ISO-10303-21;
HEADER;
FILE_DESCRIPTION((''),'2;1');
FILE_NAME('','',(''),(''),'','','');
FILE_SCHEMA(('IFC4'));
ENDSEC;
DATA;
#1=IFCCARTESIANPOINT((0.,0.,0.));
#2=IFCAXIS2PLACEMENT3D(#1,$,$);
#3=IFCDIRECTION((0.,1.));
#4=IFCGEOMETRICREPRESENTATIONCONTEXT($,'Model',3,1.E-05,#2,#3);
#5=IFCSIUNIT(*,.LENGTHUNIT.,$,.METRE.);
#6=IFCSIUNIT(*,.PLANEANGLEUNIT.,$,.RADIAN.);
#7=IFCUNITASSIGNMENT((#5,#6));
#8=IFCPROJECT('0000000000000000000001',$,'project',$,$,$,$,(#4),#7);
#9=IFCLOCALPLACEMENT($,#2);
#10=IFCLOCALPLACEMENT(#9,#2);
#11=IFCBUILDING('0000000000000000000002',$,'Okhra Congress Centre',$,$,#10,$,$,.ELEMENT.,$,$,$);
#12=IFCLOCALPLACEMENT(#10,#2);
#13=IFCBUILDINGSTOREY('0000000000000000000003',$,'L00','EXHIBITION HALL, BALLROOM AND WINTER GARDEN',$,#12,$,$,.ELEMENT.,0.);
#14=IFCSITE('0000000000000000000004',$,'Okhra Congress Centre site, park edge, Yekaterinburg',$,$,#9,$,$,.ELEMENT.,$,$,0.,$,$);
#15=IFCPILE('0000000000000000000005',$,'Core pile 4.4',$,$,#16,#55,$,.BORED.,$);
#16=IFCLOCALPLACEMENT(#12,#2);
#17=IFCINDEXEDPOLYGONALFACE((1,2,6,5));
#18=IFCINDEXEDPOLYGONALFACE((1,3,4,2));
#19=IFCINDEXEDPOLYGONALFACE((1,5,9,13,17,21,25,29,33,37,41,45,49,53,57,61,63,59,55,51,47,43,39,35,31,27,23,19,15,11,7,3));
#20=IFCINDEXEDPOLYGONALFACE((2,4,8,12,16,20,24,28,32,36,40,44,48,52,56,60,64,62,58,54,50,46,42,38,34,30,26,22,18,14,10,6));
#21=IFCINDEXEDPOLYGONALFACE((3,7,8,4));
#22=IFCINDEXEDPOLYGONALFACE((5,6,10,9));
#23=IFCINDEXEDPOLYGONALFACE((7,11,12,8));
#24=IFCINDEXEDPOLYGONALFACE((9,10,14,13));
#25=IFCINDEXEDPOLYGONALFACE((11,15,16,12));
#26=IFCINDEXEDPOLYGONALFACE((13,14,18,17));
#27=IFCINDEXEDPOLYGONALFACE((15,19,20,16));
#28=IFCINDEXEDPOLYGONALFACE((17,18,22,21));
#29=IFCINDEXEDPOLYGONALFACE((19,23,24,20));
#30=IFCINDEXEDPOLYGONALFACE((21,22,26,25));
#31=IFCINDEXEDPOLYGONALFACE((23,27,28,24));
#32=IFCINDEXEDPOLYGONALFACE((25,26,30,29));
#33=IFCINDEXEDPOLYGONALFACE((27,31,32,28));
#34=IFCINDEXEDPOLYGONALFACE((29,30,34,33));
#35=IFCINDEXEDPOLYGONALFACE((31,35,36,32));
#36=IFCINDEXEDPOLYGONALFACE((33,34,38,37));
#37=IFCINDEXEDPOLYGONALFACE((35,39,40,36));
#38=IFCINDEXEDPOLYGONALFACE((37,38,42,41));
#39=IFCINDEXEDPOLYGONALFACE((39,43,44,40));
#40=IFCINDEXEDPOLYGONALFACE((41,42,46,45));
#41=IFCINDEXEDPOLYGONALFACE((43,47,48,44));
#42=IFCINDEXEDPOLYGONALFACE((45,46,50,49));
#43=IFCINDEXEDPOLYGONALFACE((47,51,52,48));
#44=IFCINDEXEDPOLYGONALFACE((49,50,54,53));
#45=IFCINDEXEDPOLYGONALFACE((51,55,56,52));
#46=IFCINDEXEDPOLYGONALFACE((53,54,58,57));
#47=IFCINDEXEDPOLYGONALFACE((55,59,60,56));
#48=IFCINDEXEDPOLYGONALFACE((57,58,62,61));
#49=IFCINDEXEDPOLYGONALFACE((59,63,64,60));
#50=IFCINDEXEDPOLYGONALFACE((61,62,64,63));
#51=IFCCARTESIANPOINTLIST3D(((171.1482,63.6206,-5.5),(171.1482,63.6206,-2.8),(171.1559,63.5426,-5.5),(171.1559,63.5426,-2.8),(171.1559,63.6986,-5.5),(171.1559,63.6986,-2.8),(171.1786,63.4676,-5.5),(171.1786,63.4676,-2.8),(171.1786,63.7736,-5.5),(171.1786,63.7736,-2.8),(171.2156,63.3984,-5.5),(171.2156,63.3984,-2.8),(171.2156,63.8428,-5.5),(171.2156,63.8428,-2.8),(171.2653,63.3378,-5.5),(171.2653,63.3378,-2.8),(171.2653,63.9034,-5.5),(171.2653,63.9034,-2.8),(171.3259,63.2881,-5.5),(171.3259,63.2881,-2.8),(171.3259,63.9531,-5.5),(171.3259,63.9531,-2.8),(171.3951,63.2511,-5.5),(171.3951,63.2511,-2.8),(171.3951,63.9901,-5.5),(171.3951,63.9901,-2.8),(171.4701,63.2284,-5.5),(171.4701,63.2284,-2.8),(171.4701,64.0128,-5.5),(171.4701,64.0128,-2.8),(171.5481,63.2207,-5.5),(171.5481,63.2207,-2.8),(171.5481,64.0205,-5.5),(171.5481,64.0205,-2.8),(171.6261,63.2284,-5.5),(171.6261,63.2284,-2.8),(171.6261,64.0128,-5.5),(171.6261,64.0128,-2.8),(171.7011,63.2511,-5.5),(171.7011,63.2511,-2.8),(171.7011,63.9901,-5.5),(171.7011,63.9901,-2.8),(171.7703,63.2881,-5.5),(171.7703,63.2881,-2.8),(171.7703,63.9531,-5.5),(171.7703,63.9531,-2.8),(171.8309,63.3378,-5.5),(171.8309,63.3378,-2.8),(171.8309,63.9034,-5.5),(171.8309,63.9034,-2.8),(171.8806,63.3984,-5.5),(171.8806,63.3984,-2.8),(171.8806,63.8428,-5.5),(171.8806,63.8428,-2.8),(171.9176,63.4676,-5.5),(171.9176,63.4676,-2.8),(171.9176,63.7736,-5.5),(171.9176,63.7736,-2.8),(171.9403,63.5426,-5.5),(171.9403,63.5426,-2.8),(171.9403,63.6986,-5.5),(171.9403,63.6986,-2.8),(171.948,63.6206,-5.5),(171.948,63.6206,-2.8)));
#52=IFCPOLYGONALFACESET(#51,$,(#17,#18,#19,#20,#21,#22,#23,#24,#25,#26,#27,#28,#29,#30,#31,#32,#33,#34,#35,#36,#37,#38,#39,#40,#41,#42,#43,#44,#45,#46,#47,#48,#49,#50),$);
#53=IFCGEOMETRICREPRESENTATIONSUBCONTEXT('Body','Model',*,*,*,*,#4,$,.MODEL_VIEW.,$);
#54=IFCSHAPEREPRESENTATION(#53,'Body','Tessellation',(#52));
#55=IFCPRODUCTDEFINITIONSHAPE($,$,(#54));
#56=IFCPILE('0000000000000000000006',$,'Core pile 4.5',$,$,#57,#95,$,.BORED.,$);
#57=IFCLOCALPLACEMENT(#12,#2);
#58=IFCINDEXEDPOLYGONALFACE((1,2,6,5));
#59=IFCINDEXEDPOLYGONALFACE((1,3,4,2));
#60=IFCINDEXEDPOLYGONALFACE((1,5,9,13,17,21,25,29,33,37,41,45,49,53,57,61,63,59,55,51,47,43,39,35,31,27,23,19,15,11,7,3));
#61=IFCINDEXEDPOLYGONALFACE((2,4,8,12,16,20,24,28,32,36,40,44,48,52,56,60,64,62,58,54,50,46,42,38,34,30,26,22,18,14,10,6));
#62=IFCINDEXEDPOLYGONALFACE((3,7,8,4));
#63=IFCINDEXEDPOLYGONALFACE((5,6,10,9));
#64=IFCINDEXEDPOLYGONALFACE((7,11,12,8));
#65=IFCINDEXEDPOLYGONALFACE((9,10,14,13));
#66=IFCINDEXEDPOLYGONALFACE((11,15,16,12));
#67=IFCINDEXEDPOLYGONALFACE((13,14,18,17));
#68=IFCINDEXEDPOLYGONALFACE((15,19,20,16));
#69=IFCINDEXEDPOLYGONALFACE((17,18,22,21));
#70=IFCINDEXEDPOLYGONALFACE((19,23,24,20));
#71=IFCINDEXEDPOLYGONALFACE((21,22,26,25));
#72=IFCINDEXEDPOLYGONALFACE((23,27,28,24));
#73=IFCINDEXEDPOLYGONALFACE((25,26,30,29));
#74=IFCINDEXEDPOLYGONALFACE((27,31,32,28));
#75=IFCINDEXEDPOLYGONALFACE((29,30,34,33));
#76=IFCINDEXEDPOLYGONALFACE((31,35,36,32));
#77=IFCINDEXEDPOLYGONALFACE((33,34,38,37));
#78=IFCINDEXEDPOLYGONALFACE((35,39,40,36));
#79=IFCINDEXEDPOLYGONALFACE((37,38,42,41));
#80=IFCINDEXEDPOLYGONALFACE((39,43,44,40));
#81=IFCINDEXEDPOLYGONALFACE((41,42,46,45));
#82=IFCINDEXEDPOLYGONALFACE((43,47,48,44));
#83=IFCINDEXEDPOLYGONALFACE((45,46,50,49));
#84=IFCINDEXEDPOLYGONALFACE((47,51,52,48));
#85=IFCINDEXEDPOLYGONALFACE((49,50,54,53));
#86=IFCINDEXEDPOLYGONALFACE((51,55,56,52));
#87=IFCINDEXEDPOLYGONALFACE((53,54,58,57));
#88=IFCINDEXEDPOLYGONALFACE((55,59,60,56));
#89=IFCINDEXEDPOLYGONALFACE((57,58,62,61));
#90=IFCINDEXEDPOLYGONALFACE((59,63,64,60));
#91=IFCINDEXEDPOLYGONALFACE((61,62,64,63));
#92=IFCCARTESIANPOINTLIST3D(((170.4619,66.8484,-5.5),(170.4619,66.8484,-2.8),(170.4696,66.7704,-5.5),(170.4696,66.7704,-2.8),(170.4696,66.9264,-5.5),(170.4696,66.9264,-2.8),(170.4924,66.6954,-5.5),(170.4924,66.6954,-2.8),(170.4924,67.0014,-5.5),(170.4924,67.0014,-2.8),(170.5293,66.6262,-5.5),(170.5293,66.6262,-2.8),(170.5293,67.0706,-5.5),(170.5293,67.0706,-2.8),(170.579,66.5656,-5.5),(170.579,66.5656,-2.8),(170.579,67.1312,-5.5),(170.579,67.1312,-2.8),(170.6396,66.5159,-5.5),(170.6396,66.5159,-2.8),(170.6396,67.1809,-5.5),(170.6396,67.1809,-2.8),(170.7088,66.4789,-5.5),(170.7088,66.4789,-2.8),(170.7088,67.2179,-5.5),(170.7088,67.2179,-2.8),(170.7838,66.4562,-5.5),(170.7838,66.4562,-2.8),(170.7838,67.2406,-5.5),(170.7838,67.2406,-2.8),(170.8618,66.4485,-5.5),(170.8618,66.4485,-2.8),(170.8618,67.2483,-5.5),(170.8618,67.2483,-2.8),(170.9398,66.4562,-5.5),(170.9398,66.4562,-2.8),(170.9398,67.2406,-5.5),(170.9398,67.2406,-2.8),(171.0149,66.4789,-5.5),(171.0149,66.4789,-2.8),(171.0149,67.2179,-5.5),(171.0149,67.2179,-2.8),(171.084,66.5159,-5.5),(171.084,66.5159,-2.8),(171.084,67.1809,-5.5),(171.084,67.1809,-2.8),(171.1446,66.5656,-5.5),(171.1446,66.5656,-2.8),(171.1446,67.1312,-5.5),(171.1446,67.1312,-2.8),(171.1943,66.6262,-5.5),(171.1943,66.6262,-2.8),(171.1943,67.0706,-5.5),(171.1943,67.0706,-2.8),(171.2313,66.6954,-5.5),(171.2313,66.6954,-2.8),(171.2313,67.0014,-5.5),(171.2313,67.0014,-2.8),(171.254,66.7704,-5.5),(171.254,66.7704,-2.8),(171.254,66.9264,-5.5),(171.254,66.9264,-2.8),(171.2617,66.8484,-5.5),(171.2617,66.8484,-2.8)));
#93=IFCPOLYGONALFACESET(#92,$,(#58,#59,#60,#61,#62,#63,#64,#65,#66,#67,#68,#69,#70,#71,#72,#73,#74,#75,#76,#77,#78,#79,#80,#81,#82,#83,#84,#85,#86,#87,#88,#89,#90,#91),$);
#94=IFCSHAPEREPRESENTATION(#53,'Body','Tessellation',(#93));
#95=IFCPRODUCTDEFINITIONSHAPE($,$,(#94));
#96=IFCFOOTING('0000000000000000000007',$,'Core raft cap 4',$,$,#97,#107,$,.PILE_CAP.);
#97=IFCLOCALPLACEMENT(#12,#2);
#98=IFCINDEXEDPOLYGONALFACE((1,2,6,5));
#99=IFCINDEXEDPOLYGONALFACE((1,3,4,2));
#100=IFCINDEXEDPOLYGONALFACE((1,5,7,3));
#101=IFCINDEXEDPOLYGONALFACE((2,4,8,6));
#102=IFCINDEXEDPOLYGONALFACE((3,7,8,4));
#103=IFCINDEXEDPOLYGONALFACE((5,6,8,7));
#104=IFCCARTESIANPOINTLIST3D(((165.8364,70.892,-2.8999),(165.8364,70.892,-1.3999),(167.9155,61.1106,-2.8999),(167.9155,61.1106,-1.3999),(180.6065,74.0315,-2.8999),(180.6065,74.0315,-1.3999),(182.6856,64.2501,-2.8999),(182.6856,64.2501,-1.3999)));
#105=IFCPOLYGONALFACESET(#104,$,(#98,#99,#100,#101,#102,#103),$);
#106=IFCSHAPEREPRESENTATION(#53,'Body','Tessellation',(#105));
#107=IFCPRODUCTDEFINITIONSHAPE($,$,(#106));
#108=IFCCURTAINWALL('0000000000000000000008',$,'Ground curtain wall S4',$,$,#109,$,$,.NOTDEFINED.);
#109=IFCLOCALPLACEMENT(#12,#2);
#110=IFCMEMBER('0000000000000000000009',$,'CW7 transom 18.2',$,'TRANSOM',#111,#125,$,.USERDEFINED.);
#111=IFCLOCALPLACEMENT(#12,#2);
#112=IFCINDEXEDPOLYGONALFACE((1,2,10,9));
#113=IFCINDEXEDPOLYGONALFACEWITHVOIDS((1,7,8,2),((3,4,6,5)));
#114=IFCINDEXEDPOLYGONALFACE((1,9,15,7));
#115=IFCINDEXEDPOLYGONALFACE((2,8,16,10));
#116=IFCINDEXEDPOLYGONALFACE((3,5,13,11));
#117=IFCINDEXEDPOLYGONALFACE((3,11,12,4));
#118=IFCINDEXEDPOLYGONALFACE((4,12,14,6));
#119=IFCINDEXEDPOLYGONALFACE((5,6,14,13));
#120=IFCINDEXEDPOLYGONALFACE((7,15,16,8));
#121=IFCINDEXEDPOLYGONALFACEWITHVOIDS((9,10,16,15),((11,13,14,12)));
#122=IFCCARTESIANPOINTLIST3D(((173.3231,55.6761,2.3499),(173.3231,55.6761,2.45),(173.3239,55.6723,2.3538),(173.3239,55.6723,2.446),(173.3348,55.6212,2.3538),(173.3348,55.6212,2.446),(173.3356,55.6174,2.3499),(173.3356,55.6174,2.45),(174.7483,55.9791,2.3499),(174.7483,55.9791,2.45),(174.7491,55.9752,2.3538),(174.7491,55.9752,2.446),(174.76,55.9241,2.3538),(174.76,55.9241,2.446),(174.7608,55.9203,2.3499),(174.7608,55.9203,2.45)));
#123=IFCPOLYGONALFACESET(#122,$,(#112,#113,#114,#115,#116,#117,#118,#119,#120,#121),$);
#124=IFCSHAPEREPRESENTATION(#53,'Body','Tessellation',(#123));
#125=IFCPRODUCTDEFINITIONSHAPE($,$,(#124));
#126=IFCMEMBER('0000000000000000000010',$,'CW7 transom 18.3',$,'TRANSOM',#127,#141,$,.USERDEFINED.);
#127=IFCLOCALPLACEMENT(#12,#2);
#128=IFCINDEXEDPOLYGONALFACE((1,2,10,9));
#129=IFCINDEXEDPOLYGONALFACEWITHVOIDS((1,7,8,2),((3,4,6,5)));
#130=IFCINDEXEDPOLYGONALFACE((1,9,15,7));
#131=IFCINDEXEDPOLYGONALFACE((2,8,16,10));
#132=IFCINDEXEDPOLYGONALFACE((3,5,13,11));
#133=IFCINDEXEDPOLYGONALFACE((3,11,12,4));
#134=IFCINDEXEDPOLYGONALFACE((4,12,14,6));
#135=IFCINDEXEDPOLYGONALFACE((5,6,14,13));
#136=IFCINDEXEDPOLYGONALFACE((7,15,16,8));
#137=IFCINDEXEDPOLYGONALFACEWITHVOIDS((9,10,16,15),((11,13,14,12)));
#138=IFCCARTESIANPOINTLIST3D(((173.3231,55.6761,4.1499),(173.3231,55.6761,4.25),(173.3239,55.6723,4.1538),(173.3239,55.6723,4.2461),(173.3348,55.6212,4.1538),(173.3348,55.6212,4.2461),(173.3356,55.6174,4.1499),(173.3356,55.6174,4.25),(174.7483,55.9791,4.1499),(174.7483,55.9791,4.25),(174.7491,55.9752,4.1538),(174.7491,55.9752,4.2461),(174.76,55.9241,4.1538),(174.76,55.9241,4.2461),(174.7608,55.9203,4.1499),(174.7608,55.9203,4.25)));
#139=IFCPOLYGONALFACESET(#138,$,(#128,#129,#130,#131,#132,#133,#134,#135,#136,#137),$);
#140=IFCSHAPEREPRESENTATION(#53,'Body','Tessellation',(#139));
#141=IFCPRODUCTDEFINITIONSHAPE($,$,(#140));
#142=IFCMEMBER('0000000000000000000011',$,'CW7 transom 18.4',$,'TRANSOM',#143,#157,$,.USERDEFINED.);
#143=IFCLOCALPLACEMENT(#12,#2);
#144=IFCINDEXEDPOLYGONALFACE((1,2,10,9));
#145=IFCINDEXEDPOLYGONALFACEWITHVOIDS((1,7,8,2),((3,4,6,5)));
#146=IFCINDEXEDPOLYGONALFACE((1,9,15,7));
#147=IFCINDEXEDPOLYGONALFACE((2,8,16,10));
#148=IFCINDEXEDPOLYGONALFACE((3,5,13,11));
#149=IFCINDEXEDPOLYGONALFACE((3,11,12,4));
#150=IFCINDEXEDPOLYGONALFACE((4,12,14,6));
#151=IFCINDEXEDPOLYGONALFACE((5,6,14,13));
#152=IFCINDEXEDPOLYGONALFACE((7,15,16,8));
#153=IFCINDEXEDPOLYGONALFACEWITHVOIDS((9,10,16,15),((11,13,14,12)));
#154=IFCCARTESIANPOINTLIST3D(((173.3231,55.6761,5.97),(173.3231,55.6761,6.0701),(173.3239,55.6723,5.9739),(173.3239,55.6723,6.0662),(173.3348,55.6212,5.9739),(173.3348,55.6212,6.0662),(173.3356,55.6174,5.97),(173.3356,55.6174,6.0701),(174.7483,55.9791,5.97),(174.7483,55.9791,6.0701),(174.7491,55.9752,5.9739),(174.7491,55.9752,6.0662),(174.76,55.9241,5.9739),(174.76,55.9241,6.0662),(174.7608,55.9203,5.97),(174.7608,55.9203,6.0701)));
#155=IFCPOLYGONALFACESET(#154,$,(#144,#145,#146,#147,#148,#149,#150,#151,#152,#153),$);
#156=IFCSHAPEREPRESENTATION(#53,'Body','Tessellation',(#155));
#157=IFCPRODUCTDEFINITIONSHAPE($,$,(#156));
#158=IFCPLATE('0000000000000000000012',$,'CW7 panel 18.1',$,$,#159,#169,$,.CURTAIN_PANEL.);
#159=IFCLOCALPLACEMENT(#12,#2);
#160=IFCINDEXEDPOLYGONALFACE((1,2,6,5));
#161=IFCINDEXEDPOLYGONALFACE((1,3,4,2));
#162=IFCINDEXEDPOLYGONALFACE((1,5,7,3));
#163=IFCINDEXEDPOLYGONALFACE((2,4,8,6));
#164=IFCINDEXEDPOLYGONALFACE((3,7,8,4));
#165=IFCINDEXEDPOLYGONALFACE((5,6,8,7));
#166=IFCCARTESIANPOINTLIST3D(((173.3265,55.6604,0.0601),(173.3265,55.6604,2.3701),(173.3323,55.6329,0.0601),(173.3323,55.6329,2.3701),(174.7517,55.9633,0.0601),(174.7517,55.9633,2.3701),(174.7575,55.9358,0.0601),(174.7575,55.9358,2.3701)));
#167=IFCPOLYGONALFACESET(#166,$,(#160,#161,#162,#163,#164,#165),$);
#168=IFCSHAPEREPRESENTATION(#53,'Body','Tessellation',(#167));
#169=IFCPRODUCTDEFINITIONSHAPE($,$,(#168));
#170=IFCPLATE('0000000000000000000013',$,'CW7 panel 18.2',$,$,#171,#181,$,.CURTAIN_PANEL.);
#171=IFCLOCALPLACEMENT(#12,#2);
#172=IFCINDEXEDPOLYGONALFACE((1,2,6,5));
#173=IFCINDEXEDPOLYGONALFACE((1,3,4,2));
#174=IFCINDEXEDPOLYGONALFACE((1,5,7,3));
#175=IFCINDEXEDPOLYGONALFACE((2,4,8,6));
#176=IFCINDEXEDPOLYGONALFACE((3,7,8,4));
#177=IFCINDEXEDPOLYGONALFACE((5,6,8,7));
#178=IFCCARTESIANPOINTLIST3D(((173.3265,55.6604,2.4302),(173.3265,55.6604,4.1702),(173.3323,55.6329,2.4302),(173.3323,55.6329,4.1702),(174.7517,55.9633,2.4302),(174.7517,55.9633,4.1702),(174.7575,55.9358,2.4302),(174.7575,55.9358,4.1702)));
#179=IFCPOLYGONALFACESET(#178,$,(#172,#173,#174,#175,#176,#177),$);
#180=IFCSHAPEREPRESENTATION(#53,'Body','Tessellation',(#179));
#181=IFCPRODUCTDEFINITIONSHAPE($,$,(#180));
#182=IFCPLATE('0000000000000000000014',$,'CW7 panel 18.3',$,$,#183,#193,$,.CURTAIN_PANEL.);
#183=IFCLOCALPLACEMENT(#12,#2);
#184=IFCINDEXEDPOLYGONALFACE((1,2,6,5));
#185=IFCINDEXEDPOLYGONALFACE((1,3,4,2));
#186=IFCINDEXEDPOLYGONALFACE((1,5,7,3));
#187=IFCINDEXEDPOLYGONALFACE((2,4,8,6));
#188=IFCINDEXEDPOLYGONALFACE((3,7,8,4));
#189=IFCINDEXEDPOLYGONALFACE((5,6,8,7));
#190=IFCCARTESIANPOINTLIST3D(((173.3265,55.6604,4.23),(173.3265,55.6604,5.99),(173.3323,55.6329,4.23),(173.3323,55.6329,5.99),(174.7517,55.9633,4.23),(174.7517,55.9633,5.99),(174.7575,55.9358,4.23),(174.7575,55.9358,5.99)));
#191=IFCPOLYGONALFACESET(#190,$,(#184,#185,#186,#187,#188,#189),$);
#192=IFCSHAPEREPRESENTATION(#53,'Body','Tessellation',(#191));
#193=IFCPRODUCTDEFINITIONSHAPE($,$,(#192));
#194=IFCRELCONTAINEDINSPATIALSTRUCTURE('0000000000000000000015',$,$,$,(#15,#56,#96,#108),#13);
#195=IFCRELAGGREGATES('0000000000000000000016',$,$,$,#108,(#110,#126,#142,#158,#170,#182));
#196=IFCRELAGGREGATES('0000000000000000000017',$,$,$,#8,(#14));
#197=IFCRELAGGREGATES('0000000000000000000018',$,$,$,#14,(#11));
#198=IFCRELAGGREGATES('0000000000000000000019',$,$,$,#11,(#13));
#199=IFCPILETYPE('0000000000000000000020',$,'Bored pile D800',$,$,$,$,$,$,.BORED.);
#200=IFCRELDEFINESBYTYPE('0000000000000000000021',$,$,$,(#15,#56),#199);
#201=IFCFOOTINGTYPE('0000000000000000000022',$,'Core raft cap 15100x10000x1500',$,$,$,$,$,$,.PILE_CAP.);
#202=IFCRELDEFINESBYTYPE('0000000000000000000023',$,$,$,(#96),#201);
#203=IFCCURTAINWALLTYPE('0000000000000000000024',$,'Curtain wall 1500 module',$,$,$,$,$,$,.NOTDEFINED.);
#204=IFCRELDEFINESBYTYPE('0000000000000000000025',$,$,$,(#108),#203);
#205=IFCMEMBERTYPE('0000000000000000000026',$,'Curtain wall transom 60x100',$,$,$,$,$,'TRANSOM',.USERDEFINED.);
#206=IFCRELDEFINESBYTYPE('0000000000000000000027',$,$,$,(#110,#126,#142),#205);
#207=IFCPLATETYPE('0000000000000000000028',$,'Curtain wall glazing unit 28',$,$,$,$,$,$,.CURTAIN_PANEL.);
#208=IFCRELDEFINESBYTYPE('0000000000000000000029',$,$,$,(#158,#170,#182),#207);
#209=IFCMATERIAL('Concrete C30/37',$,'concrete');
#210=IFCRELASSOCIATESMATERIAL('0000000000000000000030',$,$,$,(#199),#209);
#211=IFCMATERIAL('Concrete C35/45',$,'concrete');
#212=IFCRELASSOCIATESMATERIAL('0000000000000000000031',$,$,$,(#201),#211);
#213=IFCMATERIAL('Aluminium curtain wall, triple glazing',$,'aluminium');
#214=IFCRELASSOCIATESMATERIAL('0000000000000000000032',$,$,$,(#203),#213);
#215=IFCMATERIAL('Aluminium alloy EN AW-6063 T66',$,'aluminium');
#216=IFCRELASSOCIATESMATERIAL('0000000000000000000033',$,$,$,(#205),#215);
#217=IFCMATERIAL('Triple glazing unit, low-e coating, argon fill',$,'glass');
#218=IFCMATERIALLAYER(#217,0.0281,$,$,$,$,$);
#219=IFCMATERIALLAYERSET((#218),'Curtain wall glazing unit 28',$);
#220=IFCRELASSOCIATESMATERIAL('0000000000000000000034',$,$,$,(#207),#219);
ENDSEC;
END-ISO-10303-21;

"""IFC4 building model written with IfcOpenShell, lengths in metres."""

from ifc_helpers import new_model, si_unit, direction, frame, origin, origin_2d, place, context, subcontext, project, spatial, rectangle, hollow_rectangle, circle, extrude, material, layer, layer_set, material_profile, profile_set, type_object, element, aggregate, save


model = new_model("IFC4")

# Units and contexts
model_context = context("Model", 3, precision=1e-05, world=origin(), true_north=direction((0.0, 1.0)))
body_context = subcontext(model_context, "Body", "Model", "MODEL_VIEW")
ifc_project = project(units=[si_unit("LENGTHUNIT", "METRE"), si_unit("PLANEANGLEUNIT", "RADIAN")], contexts=[model_context])

# Site, building, storey
site_placement = place(None, origin())
site = spatial("IfcSite", under=ifc_project, at=site_placement, Name="Okhra Congress Centre site, park edge, Yekaterinburg", CompositionType="ELEMENT", RefElevation=0.0)
building_placement = place(site_placement, origin())
building = spatial("IfcBuilding", under=site, at=building_placement, Name="Okhra Congress Centre", CompositionType="ELEMENT")
storey_placement = place(building_placement, origin())
storey = spatial("IfcBuildingStorey", under=building, at=storey_placement, Name="L00", Description="EXHIBITION HALL, BALLROOM AND WINTER GARDEN", CompositionType="ELEMENT", Elevation=0.0)

# Piles
ifc_material_1 = material(Name="Concrete C30/37", Category="concrete")
ifc_material_profile_1 = material_profile(ifc_material_1, circle(Radius=0.3999, at=origin_2d()), Name="D800")
ifc_profile_set_1 = profile_set([ifc_material_profile_1], Name="Concrete C30/37")
pile_type = type_object("IfcPileType", Name="Bored pile D800", PredefinedType="BORED", material=ifc_profile_set_1)
for number, where, z_axis, x_axis, name in (
    (1, (171.5481, 63.6206, -2.8), (0.0, 0.0, -1.0), (1.0, 0.0, 0.0), "Core pile 4.4"),
    (2, (170.8618, 66.8484, -2.8), (0.0, 0.0, -1.0), (1.0, 0.0, 0.0), "Core pile 4.5"),
):
    element("IfcPile", number, at=place(storey_placement, frame(where, z_axis=z_axis, x_axis=x_axis)), inside=storey, type_object=pile_type, Name=name, PredefinedType="BORED", context=body_context, shape_type="SweptSolid", body=[
        extrude(circle(Radius=0.3999, at=origin_2d()), origin(), (0.0, 0.0, 1.0), 2.7),
    ])

# Footing
ifc_material_2 = material(Name="Concrete C35/45", Category="concrete")
footing_type = type_object("IfcFootingType", Name="Core raft cap 15100x10000x1500", PredefinedType="PILE_CAP", material=ifc_material_2)
footing_placement = place(storey_placement, frame((174.261, 67.571, -2.8999), z_axis=(0.0, 0.0, 1.0), x_axis=(0.978148, 0.207912, 0.0)))
element("IfcFooting", 3, at=footing_placement, inside=storey, type_object=footing_type, Name="Core raft cap 4", PredefinedType="PILE_CAP", context=body_context, shape_type="SweptSolid", body=[
    extrude(rectangle(XDim=15.1001, YDim=10.0, at=origin_2d()), origin(), (0.0, 0.0, 1.0), 1.5),
])

# Curtain wall, members, plates
ifc_material_3 = material(Name="Aluminium curtain wall, triple glazing", Category="aluminium")
curtain_wall_type = type_object("IfcCurtainWallType", Name="Curtain wall 1500 module", PredefinedType="NOTDEFINED", material=ifc_material_3)
curtain_wall_placement = place(storey_placement, origin())
curtain_wall = element("IfcCurtainWall", 4, at=curtain_wall_placement, inside=storey, type_object=curtain_wall_type, Name="Ground curtain wall S4", PredefinedType="NOTDEFINED")
ifc_material_4 = material(Name="Aluminium alloy EN AW-6063 T66", Category="aluminium")
ifc_material_profile_2 = material_profile(ifc_material_4, hollow_rectangle(XDim=0.0601, YDim=0.1001, WallThickness=0.0039, at=origin_2d()), Name="RHS 60x100x4")
ifc_profile_set_2 = profile_set([ifc_material_profile_2], Name="Aluminium alloy EN AW-6063 T66")
member_type = type_object("IfcMemberType", Name="Curtain wall transom 60x100", ElementType="TRANSOM", PredefinedType="USERDEFINED", material=ifc_profile_set_2)
member_1_placement = place(storey_placement, frame((173.3293, 55.6467, 2.3999), z_axis=(0.978144, 0.207927, 0.0), x_axis=(-0.207927, 0.978144, 0.0)))
member_1 = element("IfcMember", 5, at=member_1_placement, type_object=member_type, Name="CW7 transom 18.2", ObjectType="TRANSOM", PredefinedType="USERDEFINED", context=body_context, shape_type="SweptSolid", body=[
    extrude(hollow_rectangle(XDim=0.0601, YDim=0.1001, WallThickness=0.0039, at=origin_2d()), origin(), (0.0, 0.0, 1.0), 1.457),
])
member_2_placement = place(storey_placement, frame((173.3293, 55.6467, 4.2), z_axis=(0.978144, 0.207927, 0.0), x_axis=(-0.207927, 0.978144, 0.0)))
member_2 = element("IfcMember", 6, at=member_2_placement, type_object=member_type, Name="CW7 transom 18.3", ObjectType="TRANSOM", PredefinedType="USERDEFINED", context=body_context, shape_type="SweptSolid", body=[
    extrude(hollow_rectangle(XDim=0.0601, YDim=0.1001, WallThickness=0.0039, at=origin_2d()), origin(), (0.0, 0.0, 1.0), 1.457),
])
member_3_placement = place(storey_placement, frame((173.3293, 55.6467, 6.02), z_axis=(0.978144, 0.207927, 0.0), x_axis=(-0.207927, 0.978144, 0.0)))
member_3 = element("IfcMember", 7, at=member_3_placement, type_object=member_type, Name="CW7 transom 18.4", ObjectType="TRANSOM", PredefinedType="USERDEFINED", context=body_context, shape_type="SweptSolid", body=[
    extrude(hollow_rectangle(XDim=0.0601, YDim=0.1001, WallThickness=0.0039, at=origin_2d()), origin(), (0.0, 0.0, 1.0), 1.457),
])
ifc_material_5 = material(Name="Triple glazing unit, low-e coating, argon fill", Category="glass")
ifc_layer_1 = layer(ifc_material_5, 0.0281)
ifc_layer_set_1 = layer_set([ifc_layer_1], Name="Curtain wall glazing unit 28")
plate_type = type_object("IfcPlateType", Name="Curtain wall glazing unit 28", PredefinedType="CURTAIN_PANEL", material=ifc_layer_set_1)
plate_1_placement = place(storey_placement, frame((174.042, 55.7981, 0.0601), z_axis=(0.0, 0.0, 1.0), x_axis=(0.978148, 0.207912, 0.0)))
plate_1 = element("IfcPlate", 8, at=plate_1_placement, type_object=plate_type, Name="CW7 panel 18.1", PredefinedType="CURTAIN_PANEL", context=body_context, shape_type="SweptSolid", body=[
    extrude(rectangle(XDim=1.457, YDim=0.0281, at=origin_2d()), origin(), (0.0, 0.0, 1.0), 2.3101),
])
plate_2_placement = place(storey_placement, frame((174.042, 55.7981, 2.4302), z_axis=(0.0, 0.0, 1.0), x_axis=(0.978148, 0.207912, 0.0)))
plate_2 = element("IfcPlate", 9, at=plate_2_placement, type_object=plate_type, Name="CW7 panel 18.2", PredefinedType="CURTAIN_PANEL", context=body_context, shape_type="SweptSolid", body=[
    extrude(rectangle(XDim=1.457, YDim=0.0281, at=origin_2d()), origin(), (0.0, 0.0, 1.0), 1.74),
])
plate_3_placement = place(storey_placement, frame((174.042, 55.7981, 4.23), z_axis=(0.0, 0.0, 1.0), x_axis=(0.978148, 0.207912, 0.0)))
plate_3 = element("IfcPlate", 10, at=plate_3_placement, type_object=plate_type, Name="CW7 panel 18.3", PredefinedType="CURTAIN_PANEL", context=body_context, shape_type="SweptSolid", body=[
    extrude(rectangle(XDim=1.457, YDim=0.0281, at=origin_2d()), origin(), (0.0, 0.0, 1.0), 1.76),
])
aggregate(curtain_wall, [member_1, member_2, member_3, plate_1, plate_2, plate_3])

save(model, "model.ifc")
